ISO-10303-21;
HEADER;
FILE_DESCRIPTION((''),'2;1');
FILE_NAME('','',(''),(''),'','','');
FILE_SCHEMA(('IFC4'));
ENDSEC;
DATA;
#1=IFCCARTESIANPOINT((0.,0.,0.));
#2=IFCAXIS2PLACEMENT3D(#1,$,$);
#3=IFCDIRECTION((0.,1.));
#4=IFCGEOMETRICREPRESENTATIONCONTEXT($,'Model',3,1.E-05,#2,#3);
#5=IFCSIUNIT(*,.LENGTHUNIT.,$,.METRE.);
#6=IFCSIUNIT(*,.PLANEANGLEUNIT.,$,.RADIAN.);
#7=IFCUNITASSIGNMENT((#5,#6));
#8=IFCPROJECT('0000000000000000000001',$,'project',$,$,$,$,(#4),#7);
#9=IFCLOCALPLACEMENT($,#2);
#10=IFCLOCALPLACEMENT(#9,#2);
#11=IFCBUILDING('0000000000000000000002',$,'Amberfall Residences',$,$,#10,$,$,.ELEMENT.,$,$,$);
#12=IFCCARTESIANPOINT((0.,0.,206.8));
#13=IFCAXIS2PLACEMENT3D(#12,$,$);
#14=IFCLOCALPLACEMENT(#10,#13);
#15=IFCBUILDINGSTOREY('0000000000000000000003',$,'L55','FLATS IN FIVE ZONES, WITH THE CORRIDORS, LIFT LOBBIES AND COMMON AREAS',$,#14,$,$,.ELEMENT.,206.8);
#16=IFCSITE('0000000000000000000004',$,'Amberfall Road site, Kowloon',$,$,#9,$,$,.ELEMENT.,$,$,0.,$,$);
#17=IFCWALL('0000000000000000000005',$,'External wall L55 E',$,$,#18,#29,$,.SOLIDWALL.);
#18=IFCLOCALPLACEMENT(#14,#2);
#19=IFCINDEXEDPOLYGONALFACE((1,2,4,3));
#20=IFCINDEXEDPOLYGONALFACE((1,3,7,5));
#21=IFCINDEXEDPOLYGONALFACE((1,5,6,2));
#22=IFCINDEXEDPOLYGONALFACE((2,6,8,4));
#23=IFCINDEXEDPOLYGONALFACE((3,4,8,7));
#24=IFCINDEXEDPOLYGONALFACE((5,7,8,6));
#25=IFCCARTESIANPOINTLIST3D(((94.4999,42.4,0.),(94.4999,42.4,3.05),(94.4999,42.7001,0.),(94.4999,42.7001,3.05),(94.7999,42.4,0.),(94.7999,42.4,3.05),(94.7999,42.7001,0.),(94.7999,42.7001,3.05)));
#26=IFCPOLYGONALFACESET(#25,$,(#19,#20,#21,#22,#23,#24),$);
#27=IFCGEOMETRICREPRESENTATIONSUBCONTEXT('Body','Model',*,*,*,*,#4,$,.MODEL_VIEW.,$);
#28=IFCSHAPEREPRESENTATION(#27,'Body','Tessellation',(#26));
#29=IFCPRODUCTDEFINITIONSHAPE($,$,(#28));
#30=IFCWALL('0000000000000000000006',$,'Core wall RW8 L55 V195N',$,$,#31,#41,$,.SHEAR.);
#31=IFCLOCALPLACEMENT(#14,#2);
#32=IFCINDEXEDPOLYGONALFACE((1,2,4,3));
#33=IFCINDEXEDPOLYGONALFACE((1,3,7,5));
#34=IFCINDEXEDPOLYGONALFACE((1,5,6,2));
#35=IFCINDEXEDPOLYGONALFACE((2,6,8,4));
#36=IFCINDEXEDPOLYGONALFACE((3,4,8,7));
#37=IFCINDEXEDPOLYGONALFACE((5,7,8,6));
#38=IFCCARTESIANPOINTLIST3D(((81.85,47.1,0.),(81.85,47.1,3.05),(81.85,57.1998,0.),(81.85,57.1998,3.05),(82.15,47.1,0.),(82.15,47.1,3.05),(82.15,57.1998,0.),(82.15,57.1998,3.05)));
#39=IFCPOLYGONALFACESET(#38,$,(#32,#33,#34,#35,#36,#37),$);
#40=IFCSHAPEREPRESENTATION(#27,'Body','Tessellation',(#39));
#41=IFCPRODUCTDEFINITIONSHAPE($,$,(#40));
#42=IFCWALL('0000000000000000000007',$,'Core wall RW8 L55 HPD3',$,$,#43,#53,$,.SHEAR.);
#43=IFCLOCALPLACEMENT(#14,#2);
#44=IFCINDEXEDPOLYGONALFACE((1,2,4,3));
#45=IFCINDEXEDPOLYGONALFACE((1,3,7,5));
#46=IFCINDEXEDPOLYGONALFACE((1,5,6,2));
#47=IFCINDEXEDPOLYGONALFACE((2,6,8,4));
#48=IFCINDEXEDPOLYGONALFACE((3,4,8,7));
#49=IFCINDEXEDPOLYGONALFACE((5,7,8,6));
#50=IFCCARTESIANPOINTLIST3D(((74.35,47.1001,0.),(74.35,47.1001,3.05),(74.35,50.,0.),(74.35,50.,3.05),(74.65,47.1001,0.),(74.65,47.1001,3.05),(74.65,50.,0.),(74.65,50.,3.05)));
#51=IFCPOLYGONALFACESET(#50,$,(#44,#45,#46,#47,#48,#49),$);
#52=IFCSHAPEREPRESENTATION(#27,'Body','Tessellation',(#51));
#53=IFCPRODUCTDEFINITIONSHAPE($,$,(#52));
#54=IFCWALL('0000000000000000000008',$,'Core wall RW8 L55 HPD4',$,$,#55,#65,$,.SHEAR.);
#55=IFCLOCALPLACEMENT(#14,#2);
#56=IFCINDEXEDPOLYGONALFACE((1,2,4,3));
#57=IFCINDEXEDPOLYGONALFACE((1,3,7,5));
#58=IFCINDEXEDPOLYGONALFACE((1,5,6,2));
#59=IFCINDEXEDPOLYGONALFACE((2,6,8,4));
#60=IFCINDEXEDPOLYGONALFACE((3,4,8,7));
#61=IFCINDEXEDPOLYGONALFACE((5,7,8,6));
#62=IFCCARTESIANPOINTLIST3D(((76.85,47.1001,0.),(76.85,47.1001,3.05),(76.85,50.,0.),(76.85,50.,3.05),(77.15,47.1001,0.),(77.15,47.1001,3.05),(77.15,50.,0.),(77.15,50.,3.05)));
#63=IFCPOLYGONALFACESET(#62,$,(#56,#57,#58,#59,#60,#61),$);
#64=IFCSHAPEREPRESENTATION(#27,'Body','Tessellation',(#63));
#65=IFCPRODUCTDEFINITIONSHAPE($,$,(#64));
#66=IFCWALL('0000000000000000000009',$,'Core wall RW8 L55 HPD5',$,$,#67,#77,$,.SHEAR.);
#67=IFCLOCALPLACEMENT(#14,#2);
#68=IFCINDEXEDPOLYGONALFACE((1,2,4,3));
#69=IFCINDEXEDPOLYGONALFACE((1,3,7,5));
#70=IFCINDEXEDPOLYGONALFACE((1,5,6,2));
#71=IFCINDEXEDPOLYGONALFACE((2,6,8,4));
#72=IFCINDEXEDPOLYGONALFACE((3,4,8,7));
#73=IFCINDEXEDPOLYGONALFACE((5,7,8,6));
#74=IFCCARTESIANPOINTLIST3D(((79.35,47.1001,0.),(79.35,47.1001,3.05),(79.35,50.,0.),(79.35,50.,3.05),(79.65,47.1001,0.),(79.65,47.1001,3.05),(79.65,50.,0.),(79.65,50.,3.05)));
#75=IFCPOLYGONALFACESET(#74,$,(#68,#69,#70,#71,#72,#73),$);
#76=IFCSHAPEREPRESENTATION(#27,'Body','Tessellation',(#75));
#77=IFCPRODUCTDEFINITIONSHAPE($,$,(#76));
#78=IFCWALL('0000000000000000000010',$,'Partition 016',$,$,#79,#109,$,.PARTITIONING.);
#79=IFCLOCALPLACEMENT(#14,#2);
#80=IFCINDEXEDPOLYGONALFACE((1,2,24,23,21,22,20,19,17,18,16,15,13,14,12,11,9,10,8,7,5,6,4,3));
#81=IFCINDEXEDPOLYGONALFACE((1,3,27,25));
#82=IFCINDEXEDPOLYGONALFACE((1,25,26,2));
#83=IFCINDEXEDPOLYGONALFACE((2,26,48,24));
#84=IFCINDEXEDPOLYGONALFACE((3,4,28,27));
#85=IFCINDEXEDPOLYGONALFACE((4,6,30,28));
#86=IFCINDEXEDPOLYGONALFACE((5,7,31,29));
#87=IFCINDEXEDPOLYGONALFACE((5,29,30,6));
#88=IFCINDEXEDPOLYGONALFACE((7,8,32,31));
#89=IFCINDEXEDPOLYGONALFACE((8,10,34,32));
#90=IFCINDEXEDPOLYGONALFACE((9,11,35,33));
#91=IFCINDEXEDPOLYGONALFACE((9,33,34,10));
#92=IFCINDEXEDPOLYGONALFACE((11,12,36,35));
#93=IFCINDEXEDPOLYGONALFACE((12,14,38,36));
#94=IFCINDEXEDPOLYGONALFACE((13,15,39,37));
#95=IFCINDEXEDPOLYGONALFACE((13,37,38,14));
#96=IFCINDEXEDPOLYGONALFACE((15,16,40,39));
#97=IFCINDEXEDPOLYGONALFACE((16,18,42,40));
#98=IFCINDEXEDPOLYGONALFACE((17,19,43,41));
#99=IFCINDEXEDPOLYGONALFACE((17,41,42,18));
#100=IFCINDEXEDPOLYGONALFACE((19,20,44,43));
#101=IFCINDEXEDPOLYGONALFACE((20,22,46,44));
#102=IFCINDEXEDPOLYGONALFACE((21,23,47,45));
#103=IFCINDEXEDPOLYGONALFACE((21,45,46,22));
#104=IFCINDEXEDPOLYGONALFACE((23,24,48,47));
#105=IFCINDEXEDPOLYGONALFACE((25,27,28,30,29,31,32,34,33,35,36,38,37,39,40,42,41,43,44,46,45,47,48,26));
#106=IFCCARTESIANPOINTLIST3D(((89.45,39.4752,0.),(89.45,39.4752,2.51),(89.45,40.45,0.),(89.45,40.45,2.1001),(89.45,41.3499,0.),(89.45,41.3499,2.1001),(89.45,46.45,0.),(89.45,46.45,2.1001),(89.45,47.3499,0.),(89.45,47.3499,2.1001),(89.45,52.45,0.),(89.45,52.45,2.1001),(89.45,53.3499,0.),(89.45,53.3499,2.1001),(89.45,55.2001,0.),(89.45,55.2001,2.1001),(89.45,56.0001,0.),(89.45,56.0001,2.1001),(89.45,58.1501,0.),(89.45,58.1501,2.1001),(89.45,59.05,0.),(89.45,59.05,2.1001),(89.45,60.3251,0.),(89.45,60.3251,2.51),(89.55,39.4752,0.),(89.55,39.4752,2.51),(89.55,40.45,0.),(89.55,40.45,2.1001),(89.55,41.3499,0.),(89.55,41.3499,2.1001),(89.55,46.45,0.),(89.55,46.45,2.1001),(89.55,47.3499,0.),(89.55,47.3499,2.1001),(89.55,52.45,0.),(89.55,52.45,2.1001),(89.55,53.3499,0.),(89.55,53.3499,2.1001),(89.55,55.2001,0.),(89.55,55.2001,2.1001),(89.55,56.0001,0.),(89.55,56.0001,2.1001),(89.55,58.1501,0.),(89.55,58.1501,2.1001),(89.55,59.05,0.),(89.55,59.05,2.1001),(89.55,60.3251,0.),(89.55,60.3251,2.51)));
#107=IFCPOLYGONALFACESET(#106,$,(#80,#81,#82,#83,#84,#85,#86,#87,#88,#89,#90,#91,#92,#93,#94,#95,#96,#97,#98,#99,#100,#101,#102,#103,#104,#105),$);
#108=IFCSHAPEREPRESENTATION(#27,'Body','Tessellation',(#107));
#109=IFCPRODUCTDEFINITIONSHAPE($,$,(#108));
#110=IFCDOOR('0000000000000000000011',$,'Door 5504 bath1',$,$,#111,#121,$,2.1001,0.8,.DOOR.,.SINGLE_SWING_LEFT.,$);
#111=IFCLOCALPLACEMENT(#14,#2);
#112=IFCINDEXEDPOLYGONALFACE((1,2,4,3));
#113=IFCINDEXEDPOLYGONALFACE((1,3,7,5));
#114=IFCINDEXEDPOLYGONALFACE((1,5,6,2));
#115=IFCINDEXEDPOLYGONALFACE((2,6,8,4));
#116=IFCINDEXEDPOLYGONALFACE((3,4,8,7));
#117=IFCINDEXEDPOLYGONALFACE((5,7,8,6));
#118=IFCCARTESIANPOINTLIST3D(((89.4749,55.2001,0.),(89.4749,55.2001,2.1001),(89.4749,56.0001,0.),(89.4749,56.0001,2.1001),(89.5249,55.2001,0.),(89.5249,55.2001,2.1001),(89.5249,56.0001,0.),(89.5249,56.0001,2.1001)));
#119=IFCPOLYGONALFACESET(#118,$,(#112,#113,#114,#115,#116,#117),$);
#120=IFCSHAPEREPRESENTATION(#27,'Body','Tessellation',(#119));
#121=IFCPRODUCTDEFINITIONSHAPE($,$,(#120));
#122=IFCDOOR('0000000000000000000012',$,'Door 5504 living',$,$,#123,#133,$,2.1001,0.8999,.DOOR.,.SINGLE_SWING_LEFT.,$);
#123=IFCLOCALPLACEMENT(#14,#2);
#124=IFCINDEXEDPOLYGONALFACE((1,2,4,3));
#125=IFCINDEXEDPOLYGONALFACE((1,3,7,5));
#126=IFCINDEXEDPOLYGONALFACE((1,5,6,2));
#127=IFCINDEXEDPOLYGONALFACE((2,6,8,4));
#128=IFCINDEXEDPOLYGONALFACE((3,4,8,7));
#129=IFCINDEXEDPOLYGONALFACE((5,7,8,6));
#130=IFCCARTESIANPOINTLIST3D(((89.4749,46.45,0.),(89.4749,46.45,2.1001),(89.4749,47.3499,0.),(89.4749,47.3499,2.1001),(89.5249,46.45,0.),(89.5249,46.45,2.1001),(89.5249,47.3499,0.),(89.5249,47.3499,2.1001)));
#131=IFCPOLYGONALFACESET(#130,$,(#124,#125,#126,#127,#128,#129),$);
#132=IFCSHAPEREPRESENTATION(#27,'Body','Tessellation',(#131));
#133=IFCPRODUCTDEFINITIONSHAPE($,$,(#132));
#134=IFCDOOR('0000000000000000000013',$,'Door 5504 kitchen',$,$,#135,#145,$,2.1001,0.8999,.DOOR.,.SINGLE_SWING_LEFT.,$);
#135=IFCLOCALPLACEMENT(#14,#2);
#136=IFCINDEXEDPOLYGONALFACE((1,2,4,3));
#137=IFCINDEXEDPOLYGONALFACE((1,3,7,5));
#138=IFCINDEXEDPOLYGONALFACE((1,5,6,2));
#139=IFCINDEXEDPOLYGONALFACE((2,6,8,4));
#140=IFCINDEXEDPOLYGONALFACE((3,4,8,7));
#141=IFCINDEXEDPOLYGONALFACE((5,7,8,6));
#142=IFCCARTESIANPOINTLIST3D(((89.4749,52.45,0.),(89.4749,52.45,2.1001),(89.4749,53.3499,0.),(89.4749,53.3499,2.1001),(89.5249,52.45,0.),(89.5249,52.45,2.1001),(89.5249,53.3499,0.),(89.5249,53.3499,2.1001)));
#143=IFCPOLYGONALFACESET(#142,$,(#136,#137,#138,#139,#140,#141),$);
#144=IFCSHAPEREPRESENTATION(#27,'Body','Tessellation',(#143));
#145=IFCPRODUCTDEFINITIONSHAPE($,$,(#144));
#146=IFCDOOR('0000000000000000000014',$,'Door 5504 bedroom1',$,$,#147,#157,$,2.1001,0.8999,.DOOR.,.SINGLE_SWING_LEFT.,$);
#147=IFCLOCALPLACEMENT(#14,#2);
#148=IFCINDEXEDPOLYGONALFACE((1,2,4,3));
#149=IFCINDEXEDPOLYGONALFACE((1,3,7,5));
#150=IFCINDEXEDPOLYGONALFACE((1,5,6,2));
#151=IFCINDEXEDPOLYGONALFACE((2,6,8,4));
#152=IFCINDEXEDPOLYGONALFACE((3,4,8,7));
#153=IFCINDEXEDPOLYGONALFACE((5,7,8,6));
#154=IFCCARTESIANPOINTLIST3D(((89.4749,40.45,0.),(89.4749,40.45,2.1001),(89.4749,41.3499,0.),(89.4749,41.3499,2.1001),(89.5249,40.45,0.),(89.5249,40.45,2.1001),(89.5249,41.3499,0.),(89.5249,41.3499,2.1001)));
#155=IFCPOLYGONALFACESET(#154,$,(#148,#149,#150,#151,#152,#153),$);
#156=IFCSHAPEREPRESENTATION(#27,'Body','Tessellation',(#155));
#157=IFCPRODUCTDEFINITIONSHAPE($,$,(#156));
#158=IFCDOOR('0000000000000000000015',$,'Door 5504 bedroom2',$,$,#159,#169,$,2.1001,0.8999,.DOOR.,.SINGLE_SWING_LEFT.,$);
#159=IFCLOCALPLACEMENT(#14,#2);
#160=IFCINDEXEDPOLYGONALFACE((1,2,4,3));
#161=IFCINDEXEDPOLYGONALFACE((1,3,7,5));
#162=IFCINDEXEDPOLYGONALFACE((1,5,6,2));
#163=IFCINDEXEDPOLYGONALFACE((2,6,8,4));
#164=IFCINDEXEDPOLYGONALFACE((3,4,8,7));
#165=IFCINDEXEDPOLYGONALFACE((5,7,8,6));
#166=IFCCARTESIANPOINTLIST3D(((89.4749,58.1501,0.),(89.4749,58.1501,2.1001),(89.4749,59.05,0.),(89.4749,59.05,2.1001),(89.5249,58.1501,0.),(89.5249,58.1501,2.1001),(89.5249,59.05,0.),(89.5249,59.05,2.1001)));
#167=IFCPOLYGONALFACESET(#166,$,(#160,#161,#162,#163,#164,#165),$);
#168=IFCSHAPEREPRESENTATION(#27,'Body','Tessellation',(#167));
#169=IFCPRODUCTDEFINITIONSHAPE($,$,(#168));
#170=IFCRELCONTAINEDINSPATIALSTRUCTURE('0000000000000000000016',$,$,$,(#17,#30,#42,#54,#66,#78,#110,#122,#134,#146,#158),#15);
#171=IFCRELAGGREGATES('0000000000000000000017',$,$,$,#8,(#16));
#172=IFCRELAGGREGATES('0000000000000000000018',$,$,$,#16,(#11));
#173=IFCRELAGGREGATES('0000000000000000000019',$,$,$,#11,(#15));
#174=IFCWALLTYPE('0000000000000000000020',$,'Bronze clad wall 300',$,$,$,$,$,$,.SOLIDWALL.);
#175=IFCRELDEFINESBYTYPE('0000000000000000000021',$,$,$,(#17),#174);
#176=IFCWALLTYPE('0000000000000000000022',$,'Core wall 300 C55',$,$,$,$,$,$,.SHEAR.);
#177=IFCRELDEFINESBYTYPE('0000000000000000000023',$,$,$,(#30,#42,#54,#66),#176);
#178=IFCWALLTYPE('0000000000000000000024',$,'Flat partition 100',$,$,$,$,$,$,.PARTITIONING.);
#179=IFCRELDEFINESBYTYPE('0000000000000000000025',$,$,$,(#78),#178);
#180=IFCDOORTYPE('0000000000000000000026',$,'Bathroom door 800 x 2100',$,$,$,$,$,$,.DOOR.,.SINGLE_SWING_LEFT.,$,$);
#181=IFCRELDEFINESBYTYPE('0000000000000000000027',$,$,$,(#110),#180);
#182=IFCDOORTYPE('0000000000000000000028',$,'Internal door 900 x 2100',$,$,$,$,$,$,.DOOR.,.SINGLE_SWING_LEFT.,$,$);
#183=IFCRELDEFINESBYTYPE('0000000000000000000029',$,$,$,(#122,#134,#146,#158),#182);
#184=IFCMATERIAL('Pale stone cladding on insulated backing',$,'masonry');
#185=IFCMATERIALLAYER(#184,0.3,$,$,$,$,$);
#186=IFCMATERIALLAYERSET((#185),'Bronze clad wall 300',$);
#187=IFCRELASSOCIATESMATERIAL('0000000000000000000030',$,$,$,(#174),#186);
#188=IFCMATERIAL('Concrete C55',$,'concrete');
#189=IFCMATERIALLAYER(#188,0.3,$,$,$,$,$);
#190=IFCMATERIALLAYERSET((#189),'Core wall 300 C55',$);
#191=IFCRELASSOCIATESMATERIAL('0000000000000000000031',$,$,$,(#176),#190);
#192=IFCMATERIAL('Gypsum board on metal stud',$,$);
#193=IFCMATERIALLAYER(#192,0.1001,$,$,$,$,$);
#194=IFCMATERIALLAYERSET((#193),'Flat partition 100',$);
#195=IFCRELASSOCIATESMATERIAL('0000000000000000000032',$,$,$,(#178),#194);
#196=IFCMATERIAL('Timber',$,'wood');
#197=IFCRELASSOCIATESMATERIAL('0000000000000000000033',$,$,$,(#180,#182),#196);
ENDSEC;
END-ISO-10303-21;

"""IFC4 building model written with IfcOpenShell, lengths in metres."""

from ifc_helpers import new_model, si_unit, direction, frame, frame_2d, origin, place, context, subcontext, project, spatial, rectangle, extrude, material, layer, layer_set, type_object, element, fill, save


model = new_model("IFC4")

# Units and contexts
model_context = context("Model", 3, precision=1e-05, world=origin(), true_north=direction((0.0, 1.0)))
body_context = subcontext(model_context, "Body", "Model", "MODEL_VIEW")
ifc_project = project(units=[si_unit("LENGTHUNIT", "METRE"), si_unit("PLANEANGLEUNIT", "RADIAN")], contexts=[model_context])

# Site, building, storey
site_placement = place(None, origin())
site = spatial("IfcSite", under=ifc_project, at=site_placement, Name="Amberfall Road site, Kowloon", CompositionType="ELEMENT", RefElevation=0.0)
building_placement = place(site_placement, origin())
building = spatial("IfcBuilding", under=site, at=building_placement, Name="Amberfall Residences", CompositionType="ELEMENT")
storey_placement = place(building_placement, frame((0.0, 0.0, 206.8)))
storey = spatial("IfcBuildingStorey", under=building, at=storey_placement, Name="L55", Description="FLATS IN FIVE ZONES, WITH THE CORRIDORS, LIFT LOBBIES AND COMMON AREAS", CompositionType="ELEMENT", Elevation=206.8)

# Walls
ifc_material_1 = material(Name="Pale stone cladding on insulated backing", Category="masonry")
ifc_layer_1 = layer(ifc_material_1, 0.3)
ifc_layer_set_1 = layer_set([ifc_layer_1], Name="Bronze clad wall 300")
wall_type_1 = type_object("IfcWallType", Name="Bronze clad wall 300", PredefinedType="SOLIDWALL", material=ifc_layer_set_1)
wall_1_placement = place(storey_placement, frame((94.5, 42.55, 0.0), z_axis=(0.0, 0.0, 1.0), x_axis=(1.0, 0.0, 0.0)))
element("IfcWall", 1, at=wall_1_placement, inside=storey, type_object=wall_type_1, Name="External wall L55 E", PredefinedType="SOLIDWALL", context=body_context, shape_type="SweptSolid", body=[
    extrude(rectangle(XDim=0.3, YDim=0.3, at=frame_2d((0.1499, 0.0))), origin(), (0.0, 0.0, 1.0), 3.05),
])
ifc_material_2 = material(Name="Concrete C55", Category="concrete")
ifc_layer_2 = layer(ifc_material_2, 0.3)
ifc_layer_set_2 = layer_set([ifc_layer_2], Name="Core wall 300 C55")
wall_type_2 = type_object("IfcWallType", Name="Core wall 300 C55", PredefinedType="SHEAR", material=ifc_layer_set_2)
wall_2_placement = place(storey_placement, frame((82.0, 47.1001, 0.0), z_axis=(0.0, 0.0, 1.0), x_axis=(0.0, 1.0, 0.0)))
element("IfcWall", 2, at=wall_2_placement, inside=storey, type_object=wall_type_2, Name="Core wall RW8 L55 V195N", PredefinedType="SHEAR", context=body_context, shape_type="SweptSolid", body=[
    extrude(rectangle(XDim=10.0999, YDim=0.3, at=frame_2d((5.0498, 0.0))), origin(), (0.0, 0.0, 1.0), 3.05),
])
for number, where, z_axis, x_axis, name in (
    (3, (74.5, 47.1001, 0.0), (0.0, 0.0, 1.0), (0.0, 1.0, 0.0), "Core wall RW8 L55 HPD3"),
    (4, (77.0, 47.1001, 0.0), (0.0, 0.0, 1.0), (0.0, 1.0, 0.0), "Core wall RW8 L55 HPD4"),
    (5, (79.5, 47.1001, 0.0), (0.0, 0.0, 1.0), (0.0, 1.0, 0.0), "Core wall RW8 L55 HPD5"),
):
    element("IfcWall", number, at=place(storey_placement, frame(where, z_axis=z_axis, x_axis=x_axis)), inside=storey, type_object=wall_type_2, Name=name, PredefinedType="SHEAR", context=body_context, shape_type="SweptSolid", body=[
        extrude(rectangle(XDim=2.8999, YDim=0.3, at=frame_2d((1.45, 0.0))), origin(), (0.0, 0.0, 1.0), 3.05),
    ])

# Wall, openings, doors
ifc_material_3 = material(Name="Gypsum board on metal stud")
ifc_layer_3 = layer(ifc_material_3, 0.1001)
ifc_layer_set_3 = layer_set([ifc_layer_3], Name="Flat partition 100")
wall_type_3 = type_object("IfcWallType", Name="Flat partition 100", PredefinedType="PARTITIONING", material=ifc_layer_set_3)
wall_3_placement = place(storey_placement, frame((89.5, 60.325, 0.0), z_axis=(0.0, 0.0, 1.0), x_axis=(0.0, -1.0, 0.0)))
wall_3 = element("IfcWall", 6, at=wall_3_placement, inside=storey, type_object=wall_type_3, Name="Partition 016", PredefinedType="PARTITIONING", context=body_context, shape_type="SweptSolid", body=[
    extrude(rectangle(XDim=20.8499, YDim=0.1001, at=frame_2d((10.4248, 0.0))), origin(), (0.0, 0.0, 1.0), 2.51),
])
opening_1_placement = place(wall_3_placement, frame((12.9751, 0.0, 0.0)))
opening_1 = element("IfcOpeningElement", 7, at=opening_1_placement, cuts=wall_3, PredefinedType="OPENING", context=body_context, shape_type="SweptSolid", body=[
    extrude(rectangle(XDim=0.8999, YDim=2.1001, at=frame_2d((0.45, 1.05))), frame((0.0, 0.0601, 0.0), z_axis=(0.0, -1.0, 0.0), x_axis=(1.0, 0.0, 0.0)), (0.0, 0.0, 1.0), 0.1201),
])
opening_2_placement = place(wall_3_placement, frame((6.9751, 0.0, 0.0)))
opening_2 = element("IfcOpeningElement", 8, at=opening_2_placement, cuts=wall_3, PredefinedType="OPENING", context=body_context, shape_type="SweptSolid", body=[
    extrude(rectangle(XDim=0.8999, YDim=2.1001, at=frame_2d((0.45, 1.05))), frame((0.0, 0.0601, 0.0), z_axis=(0.0, -1.0, 0.0), x_axis=(1.0, 0.0, 0.0)), (0.0, 0.0, 1.0), 0.1201),
])
opening_3_placement = place(wall_3_placement, frame((18.9751, 0.0, 0.0)))
opening_3 = element("IfcOpeningElement", 9, at=opening_3_placement, cuts=wall_3, PredefinedType="OPENING", context=body_context, shape_type="SweptSolid", body=[
    extrude(rectangle(XDim=0.8999, YDim=2.1001, at=frame_2d((0.45, 1.05))), frame((0.0, 0.0601, 0.0), z_axis=(0.0, -1.0, 0.0), x_axis=(1.0, 0.0, 0.0)), (0.0, 0.0, 1.0), 0.1201),
])
opening_4_placement = place(wall_3_placement, frame((1.2749, 0.0, 0.0)))
opening_4 = element("IfcOpeningElement", 10, at=opening_4_placement, cuts=wall_3, PredefinedType="OPENING", context=body_context, shape_type="SweptSolid", body=[
    extrude(rectangle(XDim=0.8999, YDim=2.1001, at=frame_2d((0.45, 1.05))), frame((0.0, 0.0601, 0.0), z_axis=(0.0, -1.0, 0.0), x_axis=(1.0, 0.0, 0.0)), (0.0, 0.0, 1.0), 0.1201),
])
opening_5_placement = place(wall_3_placement, frame((4.325, 0.0, 0.0)))
opening_5 = element("IfcOpeningElement", 11, at=opening_5_placement, cuts=wall_3, PredefinedType="OPENING", context=body_context, shape_type="SweptSolid", body=[
    extrude(rectangle(XDim=0.8, YDim=2.1001, at=frame_2d((0.3999, 1.05))), frame((0.0, 0.0601, 0.0), z_axis=(0.0, -1.0, 0.0), x_axis=(1.0, 0.0, 0.0)), (0.0, 0.0, 1.0), 0.1201),
])
ifc_material_4 = material(Name="Timber", Category="wood")
door_type_1 = type_object("IfcDoorType", Name="Bathroom door 800 x 2100", OperationType="SINGLE_SWING_LEFT", PredefinedType="DOOR", material=ifc_material_4)
door_1_placement = place(opening_5_placement, origin())
door_1 = element("IfcDoor", 12, at=door_1_placement, inside=storey, type_object=door_type_1, Name="Door 5504 bath1", OperationType="SINGLE_SWING_LEFT", OverallHeight=2.1001, OverallWidth=0.8, PredefinedType="DOOR", context=body_context, shape_type="SweptSolid", body=[
    extrude(rectangle(XDim=0.8, YDim=2.1001, at=frame_2d((0.3999, 1.05))), frame((0.0, 0.0249, 0.0), z_axis=(0.0, -1.0, 0.0), x_axis=(1.0, 0.0, 0.0)), (0.0, 0.0, 1.0), 0.05),
])
fill(opening_5, door_1)
door_type_2 = type_object("IfcDoorType", Name="Internal door 900 x 2100", OperationType="SINGLE_SWING_LEFT", PredefinedType="DOOR", material=ifc_material_4)
door_2_placement = place(opening_1_placement, origin())
door_2 = element("IfcDoor", 13, at=door_2_placement, inside=storey, type_object=door_type_2, Name="Door 5504 living", OperationType="SINGLE_SWING_LEFT", OverallHeight=2.1001, OverallWidth=0.8999, PredefinedType="DOOR", context=body_context, shape_type="SweptSolid", body=[
    extrude(rectangle(XDim=0.8999, YDim=2.1001, at=frame_2d((0.45, 1.05))), frame((0.0, 0.0249, 0.0), z_axis=(0.0, -1.0, 0.0), x_axis=(1.0, 0.0, 0.0)), (0.0, 0.0, 1.0), 0.05),
])
fill(opening_1, door_2)
door_3_placement = place(opening_2_placement, origin())
door_3 = element("IfcDoor", 14, at=door_3_placement, inside=storey, type_object=door_type_2, Name="Door 5504 kitchen", OperationType="SINGLE_SWING_LEFT", OverallHeight=2.1001, OverallWidth=0.8999, PredefinedType="DOOR", context=body_context, shape_type="SweptSolid", body=[
    extrude(rectangle(XDim=0.8999, YDim=2.1001, at=frame_2d((0.45, 1.05))), frame((0.0, 0.0249, 0.0), z_axis=(0.0, -1.0, 0.0), x_axis=(1.0, 0.0, 0.0)), (0.0, 0.0, 1.0), 0.05),
])
fill(opening_2, door_3)
door_4_placement = place(opening_3_placement, origin())
door_4 = element("IfcDoor", 15, at=door_4_placement, inside=storey, type_object=door_type_2, Name="Door 5504 bedroom1", OperationType="SINGLE_SWING_LEFT", OverallHeight=2.1001, OverallWidth=0.8999, PredefinedType="DOOR", context=body_context, shape_type="SweptSolid", body=[
    extrude(rectangle(XDim=0.8999, YDim=2.1001, at=frame_2d((0.45, 1.05))), frame((0.0, 0.0249, 0.0), z_axis=(0.0, -1.0, 0.0), x_axis=(1.0, 0.0, 0.0)), (0.0, 0.0, 1.0), 0.05),
])
fill(opening_3, door_4)
door_5_placement = place(opening_4_placement, origin())
door_5 = element("IfcDoor", 16, at=door_5_placement, inside=storey, type_object=door_type_2, Name="Door 5504 bedroom2", OperationType="SINGLE_SWING_LEFT", OverallHeight=2.1001, OverallWidth=0.8999, PredefinedType="DOOR", context=body_context, shape_type="SweptSolid", body=[
    extrude(rectangle(XDim=0.8999, YDim=2.1001, at=frame_2d((0.45, 1.05))), frame((0.0, 0.0249, 0.0), z_axis=(0.0, -1.0, 0.0), x_axis=(1.0, 0.0, 0.0)), (0.0, 0.0, 1.0), 0.05),
])
fill(opening_4, door_5)

save(model, "model.ifc")
